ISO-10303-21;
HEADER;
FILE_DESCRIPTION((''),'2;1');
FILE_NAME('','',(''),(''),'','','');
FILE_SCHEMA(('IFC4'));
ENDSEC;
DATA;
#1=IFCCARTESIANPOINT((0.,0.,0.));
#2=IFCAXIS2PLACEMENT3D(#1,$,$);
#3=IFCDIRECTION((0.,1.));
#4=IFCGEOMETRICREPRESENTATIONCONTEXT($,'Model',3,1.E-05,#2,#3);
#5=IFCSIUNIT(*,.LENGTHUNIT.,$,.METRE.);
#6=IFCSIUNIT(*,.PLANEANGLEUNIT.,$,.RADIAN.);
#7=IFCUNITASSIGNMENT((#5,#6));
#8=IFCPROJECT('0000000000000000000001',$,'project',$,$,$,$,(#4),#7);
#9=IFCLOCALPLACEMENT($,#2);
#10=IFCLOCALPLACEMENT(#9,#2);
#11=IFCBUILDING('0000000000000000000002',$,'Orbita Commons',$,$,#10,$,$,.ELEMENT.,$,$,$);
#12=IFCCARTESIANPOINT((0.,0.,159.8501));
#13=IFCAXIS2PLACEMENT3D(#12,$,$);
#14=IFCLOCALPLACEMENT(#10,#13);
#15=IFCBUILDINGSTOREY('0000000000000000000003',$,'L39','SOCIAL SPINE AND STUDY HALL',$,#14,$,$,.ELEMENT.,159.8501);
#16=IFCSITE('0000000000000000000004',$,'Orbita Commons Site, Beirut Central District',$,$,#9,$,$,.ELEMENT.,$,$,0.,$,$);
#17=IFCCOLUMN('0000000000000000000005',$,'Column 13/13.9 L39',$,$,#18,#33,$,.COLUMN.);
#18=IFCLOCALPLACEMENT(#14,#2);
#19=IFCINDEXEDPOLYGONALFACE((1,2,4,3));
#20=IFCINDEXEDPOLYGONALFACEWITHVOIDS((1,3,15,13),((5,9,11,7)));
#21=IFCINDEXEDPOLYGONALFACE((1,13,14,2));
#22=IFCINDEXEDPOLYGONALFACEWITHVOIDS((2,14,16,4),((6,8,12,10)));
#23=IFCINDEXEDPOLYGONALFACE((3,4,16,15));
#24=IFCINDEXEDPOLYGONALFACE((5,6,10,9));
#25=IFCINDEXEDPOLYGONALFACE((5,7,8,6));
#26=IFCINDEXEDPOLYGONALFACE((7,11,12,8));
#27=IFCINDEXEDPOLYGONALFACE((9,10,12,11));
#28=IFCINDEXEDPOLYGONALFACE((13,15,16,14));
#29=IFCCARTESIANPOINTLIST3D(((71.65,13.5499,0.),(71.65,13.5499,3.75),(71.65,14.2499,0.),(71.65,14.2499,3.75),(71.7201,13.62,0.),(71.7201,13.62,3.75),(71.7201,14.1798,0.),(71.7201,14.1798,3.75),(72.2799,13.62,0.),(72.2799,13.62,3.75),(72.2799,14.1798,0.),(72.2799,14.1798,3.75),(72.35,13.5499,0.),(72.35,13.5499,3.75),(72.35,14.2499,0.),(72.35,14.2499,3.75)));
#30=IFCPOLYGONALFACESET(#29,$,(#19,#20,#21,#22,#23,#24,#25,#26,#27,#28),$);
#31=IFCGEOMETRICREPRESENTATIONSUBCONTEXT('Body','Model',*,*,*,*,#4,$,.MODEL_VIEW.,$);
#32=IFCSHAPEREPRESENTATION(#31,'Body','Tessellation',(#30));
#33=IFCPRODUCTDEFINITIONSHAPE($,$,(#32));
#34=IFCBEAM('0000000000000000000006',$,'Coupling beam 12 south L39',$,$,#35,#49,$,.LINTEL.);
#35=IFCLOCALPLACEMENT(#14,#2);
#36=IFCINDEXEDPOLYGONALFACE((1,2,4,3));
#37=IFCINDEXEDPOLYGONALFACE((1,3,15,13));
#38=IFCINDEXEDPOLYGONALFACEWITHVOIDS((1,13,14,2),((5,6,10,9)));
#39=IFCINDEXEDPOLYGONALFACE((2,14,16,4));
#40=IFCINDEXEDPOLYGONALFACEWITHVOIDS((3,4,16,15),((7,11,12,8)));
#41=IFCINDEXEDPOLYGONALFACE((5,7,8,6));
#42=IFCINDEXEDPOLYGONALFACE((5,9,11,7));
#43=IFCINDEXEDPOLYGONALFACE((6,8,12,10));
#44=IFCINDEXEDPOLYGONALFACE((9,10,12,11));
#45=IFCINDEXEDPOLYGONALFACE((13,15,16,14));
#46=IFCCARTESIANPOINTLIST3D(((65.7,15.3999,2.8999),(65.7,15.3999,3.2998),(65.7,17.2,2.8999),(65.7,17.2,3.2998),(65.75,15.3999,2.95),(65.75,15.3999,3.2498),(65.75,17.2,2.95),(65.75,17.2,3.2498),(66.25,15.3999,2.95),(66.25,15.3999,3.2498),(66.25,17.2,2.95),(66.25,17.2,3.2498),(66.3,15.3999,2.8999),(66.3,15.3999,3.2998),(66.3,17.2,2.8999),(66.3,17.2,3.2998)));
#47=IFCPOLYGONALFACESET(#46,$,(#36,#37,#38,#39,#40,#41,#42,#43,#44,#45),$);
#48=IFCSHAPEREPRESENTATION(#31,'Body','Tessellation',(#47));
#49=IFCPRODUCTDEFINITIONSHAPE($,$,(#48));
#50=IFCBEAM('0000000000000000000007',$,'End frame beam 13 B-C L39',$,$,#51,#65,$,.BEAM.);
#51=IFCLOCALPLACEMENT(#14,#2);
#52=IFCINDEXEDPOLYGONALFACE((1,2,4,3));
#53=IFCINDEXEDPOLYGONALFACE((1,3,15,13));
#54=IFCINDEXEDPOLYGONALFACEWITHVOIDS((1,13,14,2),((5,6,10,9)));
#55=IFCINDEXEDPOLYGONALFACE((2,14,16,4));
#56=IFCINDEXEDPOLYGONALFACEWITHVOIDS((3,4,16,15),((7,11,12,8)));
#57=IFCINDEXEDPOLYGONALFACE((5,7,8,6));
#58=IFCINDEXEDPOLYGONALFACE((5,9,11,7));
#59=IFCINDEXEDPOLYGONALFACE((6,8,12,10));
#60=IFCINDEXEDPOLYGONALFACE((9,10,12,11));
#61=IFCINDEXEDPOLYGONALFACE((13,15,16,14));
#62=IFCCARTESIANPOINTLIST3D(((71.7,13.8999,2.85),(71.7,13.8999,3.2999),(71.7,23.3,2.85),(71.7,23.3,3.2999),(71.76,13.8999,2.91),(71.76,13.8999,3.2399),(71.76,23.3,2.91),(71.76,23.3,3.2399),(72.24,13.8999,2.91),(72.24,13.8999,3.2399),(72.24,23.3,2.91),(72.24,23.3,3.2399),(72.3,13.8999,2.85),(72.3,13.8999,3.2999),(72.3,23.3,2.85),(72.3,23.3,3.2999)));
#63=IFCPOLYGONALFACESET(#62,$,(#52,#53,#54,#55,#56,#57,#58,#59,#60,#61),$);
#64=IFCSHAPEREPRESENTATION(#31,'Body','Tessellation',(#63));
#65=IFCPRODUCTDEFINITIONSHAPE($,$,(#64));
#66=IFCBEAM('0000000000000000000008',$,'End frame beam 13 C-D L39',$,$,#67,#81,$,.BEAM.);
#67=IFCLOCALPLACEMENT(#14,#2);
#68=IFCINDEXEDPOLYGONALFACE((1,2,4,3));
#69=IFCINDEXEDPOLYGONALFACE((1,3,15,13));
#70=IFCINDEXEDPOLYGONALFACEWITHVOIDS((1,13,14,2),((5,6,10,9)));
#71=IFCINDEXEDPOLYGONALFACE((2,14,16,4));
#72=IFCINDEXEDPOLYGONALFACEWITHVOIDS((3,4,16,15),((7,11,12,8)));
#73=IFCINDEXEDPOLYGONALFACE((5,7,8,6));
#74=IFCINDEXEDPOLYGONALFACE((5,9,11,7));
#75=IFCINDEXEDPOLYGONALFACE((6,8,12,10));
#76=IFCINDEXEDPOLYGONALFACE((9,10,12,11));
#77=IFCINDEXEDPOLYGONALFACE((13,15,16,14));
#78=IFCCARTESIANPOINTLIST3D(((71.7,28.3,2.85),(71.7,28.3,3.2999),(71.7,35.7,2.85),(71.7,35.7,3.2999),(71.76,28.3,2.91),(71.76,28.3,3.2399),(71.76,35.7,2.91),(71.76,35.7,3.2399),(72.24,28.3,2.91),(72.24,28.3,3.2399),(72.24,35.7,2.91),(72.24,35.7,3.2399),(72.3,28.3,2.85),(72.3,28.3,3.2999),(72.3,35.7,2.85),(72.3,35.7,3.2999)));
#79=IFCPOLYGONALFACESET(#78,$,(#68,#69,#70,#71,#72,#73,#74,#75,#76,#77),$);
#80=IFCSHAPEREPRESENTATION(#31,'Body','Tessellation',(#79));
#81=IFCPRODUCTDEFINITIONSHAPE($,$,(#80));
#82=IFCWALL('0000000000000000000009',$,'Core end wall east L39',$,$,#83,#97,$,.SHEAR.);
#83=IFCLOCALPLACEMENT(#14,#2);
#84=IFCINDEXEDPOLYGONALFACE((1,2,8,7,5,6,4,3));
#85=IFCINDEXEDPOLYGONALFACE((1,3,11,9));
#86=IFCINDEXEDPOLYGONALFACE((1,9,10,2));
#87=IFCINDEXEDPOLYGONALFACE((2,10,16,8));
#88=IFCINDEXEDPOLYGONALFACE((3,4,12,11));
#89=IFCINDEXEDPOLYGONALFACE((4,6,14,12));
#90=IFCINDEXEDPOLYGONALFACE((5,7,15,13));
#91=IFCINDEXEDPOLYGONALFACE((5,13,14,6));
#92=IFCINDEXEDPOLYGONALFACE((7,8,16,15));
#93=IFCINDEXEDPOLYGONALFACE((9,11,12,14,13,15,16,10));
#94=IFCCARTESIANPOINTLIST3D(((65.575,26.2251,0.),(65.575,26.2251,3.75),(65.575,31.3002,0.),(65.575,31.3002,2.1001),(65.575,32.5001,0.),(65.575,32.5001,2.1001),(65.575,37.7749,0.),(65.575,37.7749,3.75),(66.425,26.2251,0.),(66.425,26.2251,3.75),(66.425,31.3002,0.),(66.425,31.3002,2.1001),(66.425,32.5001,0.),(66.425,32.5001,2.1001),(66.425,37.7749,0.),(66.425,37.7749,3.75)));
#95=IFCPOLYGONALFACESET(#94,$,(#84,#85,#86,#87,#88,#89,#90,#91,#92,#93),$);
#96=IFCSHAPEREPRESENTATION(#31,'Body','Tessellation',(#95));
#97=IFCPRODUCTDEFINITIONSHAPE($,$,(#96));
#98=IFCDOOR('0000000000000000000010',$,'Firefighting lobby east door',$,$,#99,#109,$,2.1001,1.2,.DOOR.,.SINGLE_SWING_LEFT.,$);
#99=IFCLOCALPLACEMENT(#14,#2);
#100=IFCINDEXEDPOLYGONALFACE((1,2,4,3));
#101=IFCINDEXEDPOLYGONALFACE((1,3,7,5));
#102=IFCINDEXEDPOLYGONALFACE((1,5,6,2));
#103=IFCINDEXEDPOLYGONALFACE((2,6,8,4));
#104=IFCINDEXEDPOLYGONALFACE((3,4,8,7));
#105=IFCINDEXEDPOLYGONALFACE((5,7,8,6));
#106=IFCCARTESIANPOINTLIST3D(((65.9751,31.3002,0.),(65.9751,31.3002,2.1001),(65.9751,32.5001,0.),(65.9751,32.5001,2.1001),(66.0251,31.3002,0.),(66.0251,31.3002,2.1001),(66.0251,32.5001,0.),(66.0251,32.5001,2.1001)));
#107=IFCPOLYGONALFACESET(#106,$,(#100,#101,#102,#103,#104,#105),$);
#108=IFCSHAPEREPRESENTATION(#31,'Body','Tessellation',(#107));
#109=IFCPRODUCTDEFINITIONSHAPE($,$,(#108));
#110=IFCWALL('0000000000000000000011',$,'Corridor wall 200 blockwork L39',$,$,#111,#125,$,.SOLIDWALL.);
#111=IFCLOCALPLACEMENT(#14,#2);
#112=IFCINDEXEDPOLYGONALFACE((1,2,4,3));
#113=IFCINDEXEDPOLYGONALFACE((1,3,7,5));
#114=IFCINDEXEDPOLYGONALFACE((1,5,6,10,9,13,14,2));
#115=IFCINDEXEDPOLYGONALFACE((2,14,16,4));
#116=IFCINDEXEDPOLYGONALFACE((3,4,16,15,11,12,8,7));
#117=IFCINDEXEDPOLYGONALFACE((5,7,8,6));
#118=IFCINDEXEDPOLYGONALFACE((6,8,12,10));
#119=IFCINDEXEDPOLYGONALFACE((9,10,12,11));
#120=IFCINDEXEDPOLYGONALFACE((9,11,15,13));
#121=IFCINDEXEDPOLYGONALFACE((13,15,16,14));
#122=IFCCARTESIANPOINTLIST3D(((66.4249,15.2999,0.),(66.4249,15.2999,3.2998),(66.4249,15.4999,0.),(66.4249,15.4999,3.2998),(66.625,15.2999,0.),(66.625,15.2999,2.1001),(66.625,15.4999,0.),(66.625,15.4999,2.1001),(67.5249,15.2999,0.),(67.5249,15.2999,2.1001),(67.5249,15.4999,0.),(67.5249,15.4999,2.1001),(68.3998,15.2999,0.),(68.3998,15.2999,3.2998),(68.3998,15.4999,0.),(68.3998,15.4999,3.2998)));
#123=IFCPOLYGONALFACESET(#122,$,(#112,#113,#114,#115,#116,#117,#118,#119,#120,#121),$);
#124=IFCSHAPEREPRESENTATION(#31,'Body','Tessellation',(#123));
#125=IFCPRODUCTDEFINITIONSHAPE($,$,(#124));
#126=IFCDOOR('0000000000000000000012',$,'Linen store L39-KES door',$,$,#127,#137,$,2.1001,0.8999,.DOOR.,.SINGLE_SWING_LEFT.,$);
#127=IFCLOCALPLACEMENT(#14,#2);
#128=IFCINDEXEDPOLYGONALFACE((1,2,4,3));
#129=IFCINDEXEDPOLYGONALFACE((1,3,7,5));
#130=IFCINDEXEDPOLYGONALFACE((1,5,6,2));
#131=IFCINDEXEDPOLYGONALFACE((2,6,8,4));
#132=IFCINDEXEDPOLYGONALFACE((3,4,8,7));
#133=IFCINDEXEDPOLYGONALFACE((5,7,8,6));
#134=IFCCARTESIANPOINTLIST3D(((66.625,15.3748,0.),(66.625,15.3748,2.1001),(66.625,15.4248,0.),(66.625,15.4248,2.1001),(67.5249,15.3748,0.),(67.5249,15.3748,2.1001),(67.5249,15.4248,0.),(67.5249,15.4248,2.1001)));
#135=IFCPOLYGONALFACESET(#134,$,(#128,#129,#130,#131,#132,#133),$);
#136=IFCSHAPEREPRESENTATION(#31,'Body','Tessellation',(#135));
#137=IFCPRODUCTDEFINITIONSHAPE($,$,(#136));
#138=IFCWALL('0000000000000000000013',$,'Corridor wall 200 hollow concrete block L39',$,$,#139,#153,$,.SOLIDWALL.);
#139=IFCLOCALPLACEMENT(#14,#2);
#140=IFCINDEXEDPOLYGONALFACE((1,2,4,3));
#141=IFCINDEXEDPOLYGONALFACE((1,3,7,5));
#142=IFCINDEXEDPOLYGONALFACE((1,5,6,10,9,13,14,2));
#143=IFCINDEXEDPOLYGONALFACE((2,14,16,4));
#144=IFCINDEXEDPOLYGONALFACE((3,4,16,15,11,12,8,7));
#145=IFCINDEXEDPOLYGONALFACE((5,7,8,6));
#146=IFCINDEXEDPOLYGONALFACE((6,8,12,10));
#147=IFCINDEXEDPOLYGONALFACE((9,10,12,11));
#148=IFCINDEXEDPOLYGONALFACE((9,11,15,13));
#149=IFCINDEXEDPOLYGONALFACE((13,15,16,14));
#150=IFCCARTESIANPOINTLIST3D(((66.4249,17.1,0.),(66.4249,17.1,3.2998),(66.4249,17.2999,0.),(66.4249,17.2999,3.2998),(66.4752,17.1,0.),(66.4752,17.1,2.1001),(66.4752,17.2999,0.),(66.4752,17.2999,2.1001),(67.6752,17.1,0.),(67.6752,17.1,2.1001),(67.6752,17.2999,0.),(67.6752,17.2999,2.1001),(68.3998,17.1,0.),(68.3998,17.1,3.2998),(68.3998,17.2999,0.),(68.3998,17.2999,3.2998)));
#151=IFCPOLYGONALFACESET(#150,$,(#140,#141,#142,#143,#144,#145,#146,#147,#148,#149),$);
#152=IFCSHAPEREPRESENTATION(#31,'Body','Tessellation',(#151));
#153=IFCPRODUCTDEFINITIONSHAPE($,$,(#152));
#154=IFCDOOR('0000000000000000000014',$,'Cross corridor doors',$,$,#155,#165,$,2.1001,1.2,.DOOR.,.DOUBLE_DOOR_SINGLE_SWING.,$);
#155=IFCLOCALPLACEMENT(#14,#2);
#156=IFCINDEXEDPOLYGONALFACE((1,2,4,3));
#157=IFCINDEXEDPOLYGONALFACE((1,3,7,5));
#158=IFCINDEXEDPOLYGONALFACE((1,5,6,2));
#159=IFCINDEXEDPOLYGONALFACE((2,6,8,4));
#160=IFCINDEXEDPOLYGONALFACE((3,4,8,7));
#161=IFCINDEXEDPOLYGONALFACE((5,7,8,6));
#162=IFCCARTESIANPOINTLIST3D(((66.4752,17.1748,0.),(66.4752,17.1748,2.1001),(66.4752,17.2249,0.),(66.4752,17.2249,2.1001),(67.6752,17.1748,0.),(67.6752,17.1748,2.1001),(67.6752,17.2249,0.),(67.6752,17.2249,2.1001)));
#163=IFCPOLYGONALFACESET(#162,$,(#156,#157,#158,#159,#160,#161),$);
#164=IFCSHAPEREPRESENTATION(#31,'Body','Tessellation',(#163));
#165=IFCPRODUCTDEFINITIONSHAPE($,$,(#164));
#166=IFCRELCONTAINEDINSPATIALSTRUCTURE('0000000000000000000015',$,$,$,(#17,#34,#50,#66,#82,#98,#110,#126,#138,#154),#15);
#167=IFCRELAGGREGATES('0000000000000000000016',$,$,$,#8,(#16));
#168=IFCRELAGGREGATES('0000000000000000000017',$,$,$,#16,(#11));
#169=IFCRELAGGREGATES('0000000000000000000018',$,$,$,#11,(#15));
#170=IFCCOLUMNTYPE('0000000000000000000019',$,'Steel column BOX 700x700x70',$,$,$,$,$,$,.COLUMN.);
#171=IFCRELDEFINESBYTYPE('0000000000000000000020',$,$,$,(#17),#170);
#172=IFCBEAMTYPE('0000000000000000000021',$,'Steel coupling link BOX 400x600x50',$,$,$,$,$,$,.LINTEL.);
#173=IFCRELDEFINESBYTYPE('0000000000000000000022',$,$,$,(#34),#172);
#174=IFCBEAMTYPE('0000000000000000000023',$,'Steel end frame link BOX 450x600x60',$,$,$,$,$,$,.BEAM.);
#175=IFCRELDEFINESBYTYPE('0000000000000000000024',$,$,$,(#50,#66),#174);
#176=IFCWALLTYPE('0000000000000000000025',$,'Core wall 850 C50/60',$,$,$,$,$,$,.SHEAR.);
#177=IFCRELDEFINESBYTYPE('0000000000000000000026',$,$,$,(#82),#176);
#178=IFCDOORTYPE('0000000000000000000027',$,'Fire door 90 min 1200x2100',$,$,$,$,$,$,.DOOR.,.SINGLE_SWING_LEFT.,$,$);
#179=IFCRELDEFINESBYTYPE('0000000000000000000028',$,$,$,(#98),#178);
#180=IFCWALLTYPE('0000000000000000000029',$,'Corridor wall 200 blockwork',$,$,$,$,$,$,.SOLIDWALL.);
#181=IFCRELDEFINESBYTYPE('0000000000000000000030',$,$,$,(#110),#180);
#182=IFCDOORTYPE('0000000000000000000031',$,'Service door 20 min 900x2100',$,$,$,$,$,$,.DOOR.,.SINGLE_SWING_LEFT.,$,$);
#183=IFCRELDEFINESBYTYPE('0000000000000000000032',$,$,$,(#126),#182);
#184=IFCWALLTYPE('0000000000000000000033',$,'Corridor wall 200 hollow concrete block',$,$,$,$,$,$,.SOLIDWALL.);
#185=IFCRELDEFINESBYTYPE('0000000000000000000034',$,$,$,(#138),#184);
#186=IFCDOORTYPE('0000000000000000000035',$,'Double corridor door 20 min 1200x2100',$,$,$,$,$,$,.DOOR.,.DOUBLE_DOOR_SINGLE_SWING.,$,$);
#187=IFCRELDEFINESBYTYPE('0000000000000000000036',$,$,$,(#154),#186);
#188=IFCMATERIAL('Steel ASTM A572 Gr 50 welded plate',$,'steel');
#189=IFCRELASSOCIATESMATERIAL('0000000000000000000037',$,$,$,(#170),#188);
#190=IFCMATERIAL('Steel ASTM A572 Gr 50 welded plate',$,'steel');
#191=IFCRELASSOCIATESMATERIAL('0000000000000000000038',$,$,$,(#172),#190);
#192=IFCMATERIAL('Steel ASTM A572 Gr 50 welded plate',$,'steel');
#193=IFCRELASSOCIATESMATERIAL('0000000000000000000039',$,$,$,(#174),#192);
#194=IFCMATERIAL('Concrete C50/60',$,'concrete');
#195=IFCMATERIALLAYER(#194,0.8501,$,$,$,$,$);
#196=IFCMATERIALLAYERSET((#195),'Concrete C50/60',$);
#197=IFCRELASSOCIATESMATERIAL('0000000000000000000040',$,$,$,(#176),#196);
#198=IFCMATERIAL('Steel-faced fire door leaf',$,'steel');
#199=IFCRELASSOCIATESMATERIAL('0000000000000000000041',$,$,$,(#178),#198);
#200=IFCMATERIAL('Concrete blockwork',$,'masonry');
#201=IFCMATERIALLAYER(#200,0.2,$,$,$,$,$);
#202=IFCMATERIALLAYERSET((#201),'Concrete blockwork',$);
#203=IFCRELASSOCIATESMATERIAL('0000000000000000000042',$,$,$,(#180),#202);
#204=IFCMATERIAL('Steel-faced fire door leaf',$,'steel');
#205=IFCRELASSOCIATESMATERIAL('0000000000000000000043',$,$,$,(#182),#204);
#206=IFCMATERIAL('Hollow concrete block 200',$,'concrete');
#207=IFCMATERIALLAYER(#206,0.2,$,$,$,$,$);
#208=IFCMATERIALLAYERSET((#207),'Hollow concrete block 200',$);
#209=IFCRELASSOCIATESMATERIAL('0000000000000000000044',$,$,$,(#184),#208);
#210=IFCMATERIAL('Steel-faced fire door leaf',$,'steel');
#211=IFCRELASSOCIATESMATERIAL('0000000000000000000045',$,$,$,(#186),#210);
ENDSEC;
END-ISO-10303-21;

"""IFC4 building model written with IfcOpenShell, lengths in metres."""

from ifc_helpers import new_model, si_unit, direction, frame, frame_2d, origin, origin_2d, place, context, subcontext, project, spatial, rectangle, hollow_rectangle, extrude, material, layer, layer_set, material_profile, profile_set, type_object, element, fill, save


model = new_model("IFC4")

# Units and contexts
model_context = context("Model", 3, precision=1e-05, world=origin(), true_north=direction((0.0, 1.0)))
body_context = subcontext(model_context, "Body", "Model", "MODEL_VIEW")
ifc_project = project(units=[si_unit("LENGTHUNIT", "METRE"), si_unit("PLANEANGLEUNIT", "RADIAN")], contexts=[model_context])

# Site, building, storey
site_placement = place(None, origin())
site = spatial("IfcSite", under=ifc_project, at=site_placement, Name="Orbita Commons Site, Beirut Central District", CompositionType="ELEMENT", RefElevation=0.0)
building_placement = place(site_placement, origin())
building = spatial("IfcBuilding", under=site, at=building_placement, Name="Orbita Commons", CompositionType="ELEMENT")
storey_placement = place(building_placement, frame((0.0, 0.0, 159.8501)))
storey = spatial("IfcBuildingStorey", under=building, at=storey_placement, Name="L39", Description="SOCIAL SPINE AND STUDY HALL", CompositionType="ELEMENT", Elevation=159.8501)

# Column
ifc_material_1 = material(Name="Steel ASTM A572 Gr 50 welded plate", Category="steel")
ifc_material_profile_1 = material_profile(ifc_material_1, hollow_rectangle(XDim=0.7, YDim=0.7, WallThickness=0.0701, at=origin_2d()), Name="BOX 700x700x70")
ifc_profile_set_1 = profile_set([ifc_material_profile_1], Name="Steel ASTM A572 Gr 50 welded plate")
column_type = type_object("IfcColumnType", Name="Steel column BOX 700x700x70", PredefinedType="COLUMN", material=ifc_profile_set_1)
column_placement = place(storey_placement, frame((72.0, 13.8999, 0.0), z_axis=(0.0, 0.0, 1.0), x_axis=(1.0, 0.0, 0.0)))
element("IfcColumn", 1, at=column_placement, inside=storey, type_object=column_type, Name="Column 13/13.9 L39", PredefinedType="COLUMN", context=body_context, shape_type="SweptSolid", body=[
    extrude(hollow_rectangle(XDim=0.7, YDim=0.7, WallThickness=0.0701, at=origin_2d()), origin(), (0.0, 0.0, 1.0), 3.75),
])

# Beams
ifc_material_2 = material(Name="Steel ASTM A572 Gr 50 welded plate", Category="steel")
ifc_material_profile_2 = material_profile(ifc_material_2, hollow_rectangle(XDim=0.6001, YDim=0.3999, WallThickness=0.05, at=origin_2d()), Name="BOX 400x600x50")
ifc_profile_set_2 = profile_set([ifc_material_profile_2], Name="Steel ASTM A572 Gr 50 welded plate")
beam_type_1 = type_object("IfcBeamType", Name="Steel coupling link BOX 400x600x50", PredefinedType="LINTEL", material=ifc_profile_set_2)
beam_1_placement = place(storey_placement, frame((66.0, 15.3999, 3.0999), z_axis=(0.0, 1.0, 0.0), x_axis=(-1.0, 0.0, 0.0)))
element("IfcBeam", 2, at=beam_1_placement, inside=storey, type_object=beam_type_1, Name="Coupling beam 12 south L39", PredefinedType="LINTEL", context=body_context, shape_type="SweptSolid", body=[
    extrude(hollow_rectangle(XDim=0.6001, YDim=0.3999, WallThickness=0.05, at=origin_2d()), origin(), (0.0, 0.0, 1.0), 1.8),
])
ifc_material_3 = material(Name="Steel ASTM A572 Gr 50 welded plate", Category="steel")
ifc_material_profile_3 = material_profile(ifc_material_3, hollow_rectangle(XDim=0.6001, YDim=0.45, WallThickness=0.0601, at=origin_2d()), Name="BOX 450x600x60")
ifc_profile_set_3 = profile_set([ifc_material_profile_3], Name="Steel ASTM A572 Gr 50 welded plate")
beam_type_2 = type_object("IfcBeamType", Name="Steel end frame link BOX 450x600x60", PredefinedType="BEAM", material=ifc_profile_set_3)
beam_2_placement = place(storey_placement, frame((72.0, 13.8999, 3.075), z_axis=(0.0, 1.0, 0.0), x_axis=(-1.0, 0.0, 0.0)))
element("IfcBeam", 3, at=beam_2_placement, inside=storey, type_object=beam_type_2, Name="End frame beam 13 B-C L39", PredefinedType="BEAM", context=body_context, shape_type="SweptSolid", body=[
    extrude(hollow_rectangle(XDim=0.6001, YDim=0.45, WallThickness=0.0601, at=origin_2d()), origin(), (0.0, 0.0, 1.0), 9.4001),
])
beam_3_placement = place(storey_placement, frame((72.0, 28.3, 3.075), z_axis=(0.0, 1.0, 0.0), x_axis=(-1.0, 0.0, 0.0)))
element("IfcBeam", 4, at=beam_3_placement, inside=storey, type_object=beam_type_2, Name="End frame beam 13 C-D L39", PredefinedType="BEAM", context=body_context, shape_type="SweptSolid", body=[
    extrude(hollow_rectangle(XDim=0.6001, YDim=0.45, WallThickness=0.0601, at=origin_2d()), origin(), (0.0, 0.0, 1.0), 7.3999),
])

# Walls, openings, doors
ifc_material_4 = material(Name="Concrete C50/60", Category="concrete")
ifc_layer_1 = layer(ifc_material_4, 0.8501)
ifc_layer_set_1 = layer_set([ifc_layer_1], Name="Concrete C50/60")
wall_type_1 = type_object("IfcWallType", Name="Core wall 850 C50/60", PredefinedType="SHEAR", material=ifc_layer_set_1)
wall_1_placement = place(storey_placement, frame((66.0, 26.2251, 0.0), z_axis=(0.0, 0.0, 1.0), x_axis=(0.0, 1.0, 0.0)))
wall_1 = element("IfcWall", 5, at=wall_1_placement, inside=storey, type_object=wall_type_1, Name="Core end wall east L39", PredefinedType="SHEAR", context=body_context, shape_type="SweptSolid", body=[
    extrude(rectangle(XDim=11.5498, YDim=0.8501, at=frame_2d((5.7749, 0.0))), origin(), (0.0, 0.0, 1.0), 3.75),
])
opening_1_placement = place(wall_1_placement, frame((5.075, 0.0, 0.0)))
opening_1 = element("IfcOpeningElement", 6, at=opening_1_placement, cuts=wall_1, PredefinedType="OPENING", context=body_context, shape_type="SweptSolid", body=[
    extrude(rectangle(XDim=1.2, YDim=2.1001, at=frame_2d((0.6001, 1.05))), frame((0.0, 0.4351, 0.0), z_axis=(0.0, -1.0, 0.0), x_axis=(1.0, 0.0, 0.0)), (0.0, 0.0, 1.0), 0.8701),
])
ifc_material_5 = material(Name="Steel-faced fire door leaf", Category="steel")
door_type_1 = type_object("IfcDoorType", Name="Fire door 90 min 1200x2100", OperationType="SINGLE_SWING_LEFT", PredefinedType="DOOR", material=ifc_material_5)
door_1_placement = place(opening_1_placement, origin())
door_1 = element("IfcDoor", 7, at=door_1_placement, inside=storey, type_object=door_type_1, Name="Firefighting lobby east door", OperationType="SINGLE_SWING_LEFT", OverallHeight=2.1001, OverallWidth=1.2, PredefinedType="DOOR", context=body_context, shape_type="SweptSolid", body=[
    extrude(rectangle(XDim=1.2, YDim=2.1001, at=frame_2d((0.6001, 1.05))), frame((0.0, 0.0249, 0.0), z_axis=(0.0, -1.0, 0.0), x_axis=(1.0, 0.0, 0.0)), (0.0, 0.0, 1.0), 0.05),
])
fill(opening_1, door_1)
ifc_material_6 = material(Name="Concrete blockwork", Category="masonry")
ifc_layer_2 = layer(ifc_material_6, 0.2)
ifc_layer_set_2 = layer_set([ifc_layer_2], Name="Concrete blockwork")
wall_type_2 = type_object("IfcWallType", Name="Corridor wall 200 blockwork", PredefinedType="SOLIDWALL", material=ifc_layer_set_2)
wall_2_placement = place(storey_placement, frame((66.425, 15.3999, 0.0), z_axis=(0.0, 0.0, 1.0), x_axis=(1.0, 0.0, 0.0)))
wall_2 = element("IfcWall", 8, at=wall_2_placement, inside=storey, type_object=wall_type_2, Name="Corridor wall 200 blockwork L39", PredefinedType="SOLIDWALL", context=body_context, shape_type="SweptSolid", body=[
    extrude(rectangle(XDim=1.9749, YDim=0.2, at=frame_2d((0.9873, 0.0))), origin(), (0.0, 0.0, 1.0), 3.2998),
])
opening_2_placement = place(wall_2_placement, frame((0.2, 0.0, 0.0)))
opening_2 = element("IfcOpeningElement", 9, at=opening_2_placement, cuts=wall_2, PredefinedType="OPENING", context=body_context, shape_type="SweptSolid", body=[
    extrude(rectangle(XDim=0.8999, YDim=2.1001, at=frame_2d((0.45, 1.05))), frame((0.0, 0.1099, 0.0), z_axis=(0.0, -1.0, 0.0), x_axis=(1.0, 0.0, 0.0)), (0.0, 0.0, 1.0), 0.22),
])
ifc_material_7 = material(Name="Steel-faced fire door leaf", Category="steel")
door_type_2 = type_object("IfcDoorType", Name="Service door 20 min 900x2100", OperationType="SINGLE_SWING_LEFT", PredefinedType="DOOR", material=ifc_material_7)
door_2_placement = place(opening_2_placement, origin())
door_2 = element("IfcDoor", 10, at=door_2_placement, inside=storey, type_object=door_type_2, Name="Linen store L39-KES door", OperationType="SINGLE_SWING_LEFT", OverallHeight=2.1001, OverallWidth=0.8999, PredefinedType="DOOR", context=body_context, shape_type="SweptSolid", body=[
    extrude(rectangle(XDim=0.8999, YDim=2.1001, at=frame_2d((0.45, 1.05))), frame((0.0, 0.0249, 0.0), z_axis=(0.0, -1.0, 0.0), x_axis=(1.0, 0.0, 0.0)), (0.0, 0.0, 1.0), 0.05),
])
fill(opening_2, door_2)
ifc_material_8 = material(Name="Hollow concrete block 200", Category="concrete")
ifc_layer_3 = layer(ifc_material_8, 0.2)
ifc_layer_set_3 = layer_set([ifc_layer_3], Name="Hollow concrete block 200")
wall_type_3 = type_object("IfcWallType", Name="Corridor wall 200 hollow concrete block", PredefinedType="SOLIDWALL", material=ifc_layer_set_3)
wall_3_placement = place(storey_placement, frame((66.425, 17.2, 0.0), z_axis=(0.0, 0.0, 1.0), x_axis=(1.0, 0.0, 0.0)))
wall_3 = element("IfcWall", 11, at=wall_3_placement, inside=storey, type_object=wall_type_3, Name="Corridor wall 200 hollow concrete block L39", PredefinedType="SOLIDWALL", context=body_context, shape_type="SweptSolid", body=[
    extrude(rectangle(XDim=1.9749, YDim=0.2, at=frame_2d((0.9873, 0.0))), origin(), (0.0, 0.0, 1.0), 3.2998),
])
opening_3_placement = place(wall_3_placement, frame((0.05, 0.0, 0.0)))
opening_3 = element("IfcOpeningElement", 12, at=opening_3_placement, cuts=wall_3, PredefinedType="OPENING", context=body_context, shape_type="SweptSolid", body=[
    extrude(rectangle(XDim=1.2, YDim=2.1001, at=frame_2d((0.6001, 1.05))), frame((0.0, 0.1099, 0.0), z_axis=(0.0, -1.0, 0.0), x_axis=(1.0, 0.0, 0.0)), (0.0, 0.0, 1.0), 0.22),
])
ifc_material_9 = material(Name="Steel-faced fire door leaf", Category="steel")
door_type_3 = type_object("IfcDoorType", Name="Double corridor door 20 min 1200x2100", OperationType="DOUBLE_DOOR_SINGLE_SWING", PredefinedType="DOOR", material=ifc_material_9)
door_3_placement = place(opening_3_placement, origin())
door_3 = element("IfcDoor", 13, at=door_3_placement, inside=storey, type_object=door_type_3, Name="Cross corridor doors", OperationType="DOUBLE_DOOR_SINGLE_SWING", OverallHeight=2.1001, OverallWidth=1.2, PredefinedType="DOOR", context=body_context, shape_type="SweptSolid", body=[
    extrude(rectangle(XDim=1.2, YDim=2.1001, at=frame_2d((0.6001, 1.05))), frame((0.0, 0.0249, 0.0), z_axis=(0.0, -1.0, 0.0), x_axis=(1.0, 0.0, 0.0)), (0.0, 0.0, 1.0), 0.05),
])
fill(opening_3, door_3)

save(model, "model.ifc")
